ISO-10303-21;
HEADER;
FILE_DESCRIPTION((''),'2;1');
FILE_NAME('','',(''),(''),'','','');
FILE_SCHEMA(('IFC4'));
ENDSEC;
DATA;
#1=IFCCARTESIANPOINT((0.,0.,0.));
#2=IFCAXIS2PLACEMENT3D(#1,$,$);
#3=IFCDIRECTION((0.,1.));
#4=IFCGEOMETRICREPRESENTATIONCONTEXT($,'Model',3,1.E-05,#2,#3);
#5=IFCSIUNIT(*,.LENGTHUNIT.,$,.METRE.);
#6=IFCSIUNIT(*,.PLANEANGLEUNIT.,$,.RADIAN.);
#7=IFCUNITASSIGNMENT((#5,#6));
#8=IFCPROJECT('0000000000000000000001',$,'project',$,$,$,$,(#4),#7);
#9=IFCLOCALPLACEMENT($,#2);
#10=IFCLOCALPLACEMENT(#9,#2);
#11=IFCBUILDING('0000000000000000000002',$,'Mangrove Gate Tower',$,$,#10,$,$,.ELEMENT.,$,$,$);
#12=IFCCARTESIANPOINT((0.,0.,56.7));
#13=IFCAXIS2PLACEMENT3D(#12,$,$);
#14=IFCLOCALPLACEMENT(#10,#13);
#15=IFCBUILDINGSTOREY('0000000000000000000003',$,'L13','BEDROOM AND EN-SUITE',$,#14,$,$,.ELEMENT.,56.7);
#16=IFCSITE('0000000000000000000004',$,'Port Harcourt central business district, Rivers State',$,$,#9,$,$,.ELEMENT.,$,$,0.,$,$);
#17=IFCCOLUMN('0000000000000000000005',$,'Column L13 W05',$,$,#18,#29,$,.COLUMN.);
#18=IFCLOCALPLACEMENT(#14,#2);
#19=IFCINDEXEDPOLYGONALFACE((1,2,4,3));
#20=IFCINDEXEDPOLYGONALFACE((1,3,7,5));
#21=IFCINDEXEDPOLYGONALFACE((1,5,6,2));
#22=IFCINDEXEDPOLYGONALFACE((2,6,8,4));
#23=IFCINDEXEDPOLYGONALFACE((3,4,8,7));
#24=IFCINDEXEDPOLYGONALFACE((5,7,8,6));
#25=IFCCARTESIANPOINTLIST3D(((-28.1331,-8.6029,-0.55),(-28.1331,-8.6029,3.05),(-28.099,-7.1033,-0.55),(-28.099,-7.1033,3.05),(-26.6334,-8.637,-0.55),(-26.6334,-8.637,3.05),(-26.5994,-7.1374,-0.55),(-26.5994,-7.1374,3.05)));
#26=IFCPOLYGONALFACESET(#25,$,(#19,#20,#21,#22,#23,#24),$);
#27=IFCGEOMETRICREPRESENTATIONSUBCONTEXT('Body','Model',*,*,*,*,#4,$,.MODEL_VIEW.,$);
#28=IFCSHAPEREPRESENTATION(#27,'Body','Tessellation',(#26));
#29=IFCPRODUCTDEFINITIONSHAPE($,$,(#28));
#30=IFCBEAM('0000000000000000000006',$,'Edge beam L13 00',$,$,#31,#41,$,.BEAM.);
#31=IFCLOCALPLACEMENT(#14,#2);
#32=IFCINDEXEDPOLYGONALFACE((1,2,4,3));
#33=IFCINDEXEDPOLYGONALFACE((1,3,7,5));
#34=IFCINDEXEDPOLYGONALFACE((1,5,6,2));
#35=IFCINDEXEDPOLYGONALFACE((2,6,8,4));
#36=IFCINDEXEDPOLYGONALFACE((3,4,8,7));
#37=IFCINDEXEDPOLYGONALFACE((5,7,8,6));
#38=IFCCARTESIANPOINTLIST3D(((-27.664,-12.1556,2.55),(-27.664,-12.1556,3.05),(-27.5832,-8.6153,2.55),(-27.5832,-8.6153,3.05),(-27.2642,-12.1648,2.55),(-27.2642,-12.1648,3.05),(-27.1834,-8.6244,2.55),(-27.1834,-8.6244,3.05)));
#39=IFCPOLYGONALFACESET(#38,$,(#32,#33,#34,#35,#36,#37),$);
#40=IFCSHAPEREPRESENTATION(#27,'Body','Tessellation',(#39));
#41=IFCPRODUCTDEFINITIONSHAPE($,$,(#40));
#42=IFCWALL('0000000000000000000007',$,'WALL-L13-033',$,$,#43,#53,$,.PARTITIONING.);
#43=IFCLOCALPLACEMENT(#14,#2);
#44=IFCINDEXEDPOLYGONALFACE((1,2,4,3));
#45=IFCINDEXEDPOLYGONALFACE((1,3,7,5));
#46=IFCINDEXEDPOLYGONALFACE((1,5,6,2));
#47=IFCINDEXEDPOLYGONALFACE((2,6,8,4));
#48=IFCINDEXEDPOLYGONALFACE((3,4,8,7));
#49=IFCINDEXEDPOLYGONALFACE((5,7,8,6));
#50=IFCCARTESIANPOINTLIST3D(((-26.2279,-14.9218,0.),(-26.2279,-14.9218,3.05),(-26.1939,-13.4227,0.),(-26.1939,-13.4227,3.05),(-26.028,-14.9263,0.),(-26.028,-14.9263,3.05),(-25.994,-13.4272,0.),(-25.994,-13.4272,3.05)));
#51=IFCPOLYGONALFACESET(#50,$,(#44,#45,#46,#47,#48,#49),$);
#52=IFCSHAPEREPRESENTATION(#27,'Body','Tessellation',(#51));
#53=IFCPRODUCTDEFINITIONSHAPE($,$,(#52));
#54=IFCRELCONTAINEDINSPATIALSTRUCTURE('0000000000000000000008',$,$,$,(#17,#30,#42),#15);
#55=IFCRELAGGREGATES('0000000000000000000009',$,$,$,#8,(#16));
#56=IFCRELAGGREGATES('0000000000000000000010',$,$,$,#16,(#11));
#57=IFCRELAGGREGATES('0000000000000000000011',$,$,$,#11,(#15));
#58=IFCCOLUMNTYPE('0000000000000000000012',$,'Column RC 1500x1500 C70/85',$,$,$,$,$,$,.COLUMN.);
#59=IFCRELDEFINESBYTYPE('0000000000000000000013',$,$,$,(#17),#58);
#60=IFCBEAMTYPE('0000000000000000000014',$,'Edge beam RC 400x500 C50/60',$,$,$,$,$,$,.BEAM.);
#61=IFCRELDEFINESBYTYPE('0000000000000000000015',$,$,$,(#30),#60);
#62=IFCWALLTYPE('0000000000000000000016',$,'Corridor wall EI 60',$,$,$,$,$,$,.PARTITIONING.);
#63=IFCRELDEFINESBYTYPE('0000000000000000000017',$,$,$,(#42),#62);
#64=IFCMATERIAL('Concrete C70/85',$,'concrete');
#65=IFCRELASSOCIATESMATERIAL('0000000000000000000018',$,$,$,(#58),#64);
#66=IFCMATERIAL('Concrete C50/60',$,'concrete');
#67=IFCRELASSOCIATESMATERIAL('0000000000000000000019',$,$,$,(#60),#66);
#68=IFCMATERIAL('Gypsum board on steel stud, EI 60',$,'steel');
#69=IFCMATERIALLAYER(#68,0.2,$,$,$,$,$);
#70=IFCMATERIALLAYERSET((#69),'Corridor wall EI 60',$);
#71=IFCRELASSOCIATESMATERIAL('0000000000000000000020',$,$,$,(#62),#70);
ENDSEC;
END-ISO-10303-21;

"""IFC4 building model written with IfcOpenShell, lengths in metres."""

from ifc_helpers import new_model, si_unit, direction, frame, frame_2d, origin, origin_2d, place, context, subcontext, project, spatial, rectangle, extrude, material, layer, layer_set, material_profile, profile_set, type_object, element, save


model = new_model("IFC4")

# Units and contexts
model_context = context("Model", 3, precision=1e-05, world=origin(), true_north=direction((0.0, 1.0)))
body_context = subcontext(model_context, "Body", "Model", "MODEL_VIEW")
ifc_project = project(units=[si_unit("LENGTHUNIT", "METRE"), si_unit("PLANEANGLEUNIT", "RADIAN")], contexts=[model_context])

# Site, building, storey
site_placement = place(None, origin())
site = spatial("IfcSite", under=ifc_project, at=site_placement, Name="Port Harcourt central business district, Rivers State", CompositionType="ELEMENT", RefElevation=0.0)
building_placement = place(site_placement, origin())
building = spatial("IfcBuilding", under=site, at=building_placement, Name="Mangrove Gate Tower", CompositionType="ELEMENT")
storey_placement = place(building_placement, frame((0.0, 0.0, 56.7)))
storey = spatial("IfcBuildingStorey", under=building, at=storey_placement, Name="L13", Description="BEDROOM AND EN-SUITE", CompositionType="ELEMENT", Elevation=56.7)

# Column
ifc_material_1 = material(Name="Concrete C70/85", Category="concrete")
ifc_material_profile_1 = material_profile(ifc_material_1, rectangle(XDim=1.5, YDim=1.5, at=origin_2d()))
ifc_profile_set_1 = profile_set([ifc_material_profile_1], Name="Concrete C70/85")
column_type = type_object("IfcColumnType", Name="Column RC 1500x1500 C70/85", PredefinedType="COLUMN", material=ifc_profile_set_1)
column_placement = place(storey_placement, frame((-27.3662, -7.8701, -0.55), z_axis=(0.0, 0.0, 1.0), x_axis=(-0.022723, -0.999742, 0.0)))
element("IfcColumn", 1, at=column_placement, inside=storey, type_object=column_type, Name="Column L13 W05", PredefinedType="COLUMN", context=body_context, shape_type="SweptSolid", body=[
    extrude(rectangle(XDim=1.5, YDim=1.5, at=origin_2d()), origin(), (0.0, 0.0, 1.0), 3.6001),
])

# Beam
ifc_material_2 = material(Name="Concrete C50/60", Category="concrete")
ifc_material_profile_2 = material_profile(ifc_material_2, rectangle(XDim=0.3999, YDim=0.5, at=origin_2d()))
ifc_profile_set_2 = profile_set([ifc_material_profile_2], Name="Concrete C50/60")
beam_type = type_object("IfcBeamType", Name="Edge beam RC 400x500 C50/60", PredefinedType="BEAM", material=ifc_profile_set_2)
beam_placement = place(storey_placement, frame((-27.3833, -8.6199, 2.8), z_axis=(-0.02282, -0.99974, 0.0), x_axis=(0.99974, -0.02282, 0.0)))
element("IfcBeam", 2, at=beam_placement, inside=storey, type_object=beam_type, Name="Edge beam L13 00", PredefinedType="BEAM", context=body_context, shape_type="SweptSolid", body=[
    extrude(rectangle(XDim=0.3999, YDim=0.5, at=origin_2d()), origin(), (0.0, 0.0, 1.0), 3.5413),
])

# Wall
ifc_material_3 = material(Name="Gypsum board on steel stud, EI 60", Category="steel")
ifc_layer = layer(ifc_material_3, 0.2)
ifc_layer_set = layer_set([ifc_layer], Name="Corridor wall EI 60")
wall_type = type_object("IfcWallType", Name="Corridor wall EI 60", PredefinedType="PARTITIONING", material=ifc_layer_set)
wall_1_placement = place(storey_placement, frame((-26.1279, -14.9241, 0.0), z_axis=(0.0, 0.0, 1.0), x_axis=(0.022633, 0.999744, 0.0)))
element("IfcWall", 3, at=wall_1_placement, inside=storey, type_object=wall_type, Name="WALL-L13-033", PredefinedType="PARTITIONING", context=body_context, shape_type="SweptSolid", body=[
    extrude(rectangle(XDim=1.4995, YDim=0.2, at=frame_2d((0.7498, 0.0))), origin(), (0.0, 0.0, 1.0), 3.05),
])

save(model, "model.ifc")
